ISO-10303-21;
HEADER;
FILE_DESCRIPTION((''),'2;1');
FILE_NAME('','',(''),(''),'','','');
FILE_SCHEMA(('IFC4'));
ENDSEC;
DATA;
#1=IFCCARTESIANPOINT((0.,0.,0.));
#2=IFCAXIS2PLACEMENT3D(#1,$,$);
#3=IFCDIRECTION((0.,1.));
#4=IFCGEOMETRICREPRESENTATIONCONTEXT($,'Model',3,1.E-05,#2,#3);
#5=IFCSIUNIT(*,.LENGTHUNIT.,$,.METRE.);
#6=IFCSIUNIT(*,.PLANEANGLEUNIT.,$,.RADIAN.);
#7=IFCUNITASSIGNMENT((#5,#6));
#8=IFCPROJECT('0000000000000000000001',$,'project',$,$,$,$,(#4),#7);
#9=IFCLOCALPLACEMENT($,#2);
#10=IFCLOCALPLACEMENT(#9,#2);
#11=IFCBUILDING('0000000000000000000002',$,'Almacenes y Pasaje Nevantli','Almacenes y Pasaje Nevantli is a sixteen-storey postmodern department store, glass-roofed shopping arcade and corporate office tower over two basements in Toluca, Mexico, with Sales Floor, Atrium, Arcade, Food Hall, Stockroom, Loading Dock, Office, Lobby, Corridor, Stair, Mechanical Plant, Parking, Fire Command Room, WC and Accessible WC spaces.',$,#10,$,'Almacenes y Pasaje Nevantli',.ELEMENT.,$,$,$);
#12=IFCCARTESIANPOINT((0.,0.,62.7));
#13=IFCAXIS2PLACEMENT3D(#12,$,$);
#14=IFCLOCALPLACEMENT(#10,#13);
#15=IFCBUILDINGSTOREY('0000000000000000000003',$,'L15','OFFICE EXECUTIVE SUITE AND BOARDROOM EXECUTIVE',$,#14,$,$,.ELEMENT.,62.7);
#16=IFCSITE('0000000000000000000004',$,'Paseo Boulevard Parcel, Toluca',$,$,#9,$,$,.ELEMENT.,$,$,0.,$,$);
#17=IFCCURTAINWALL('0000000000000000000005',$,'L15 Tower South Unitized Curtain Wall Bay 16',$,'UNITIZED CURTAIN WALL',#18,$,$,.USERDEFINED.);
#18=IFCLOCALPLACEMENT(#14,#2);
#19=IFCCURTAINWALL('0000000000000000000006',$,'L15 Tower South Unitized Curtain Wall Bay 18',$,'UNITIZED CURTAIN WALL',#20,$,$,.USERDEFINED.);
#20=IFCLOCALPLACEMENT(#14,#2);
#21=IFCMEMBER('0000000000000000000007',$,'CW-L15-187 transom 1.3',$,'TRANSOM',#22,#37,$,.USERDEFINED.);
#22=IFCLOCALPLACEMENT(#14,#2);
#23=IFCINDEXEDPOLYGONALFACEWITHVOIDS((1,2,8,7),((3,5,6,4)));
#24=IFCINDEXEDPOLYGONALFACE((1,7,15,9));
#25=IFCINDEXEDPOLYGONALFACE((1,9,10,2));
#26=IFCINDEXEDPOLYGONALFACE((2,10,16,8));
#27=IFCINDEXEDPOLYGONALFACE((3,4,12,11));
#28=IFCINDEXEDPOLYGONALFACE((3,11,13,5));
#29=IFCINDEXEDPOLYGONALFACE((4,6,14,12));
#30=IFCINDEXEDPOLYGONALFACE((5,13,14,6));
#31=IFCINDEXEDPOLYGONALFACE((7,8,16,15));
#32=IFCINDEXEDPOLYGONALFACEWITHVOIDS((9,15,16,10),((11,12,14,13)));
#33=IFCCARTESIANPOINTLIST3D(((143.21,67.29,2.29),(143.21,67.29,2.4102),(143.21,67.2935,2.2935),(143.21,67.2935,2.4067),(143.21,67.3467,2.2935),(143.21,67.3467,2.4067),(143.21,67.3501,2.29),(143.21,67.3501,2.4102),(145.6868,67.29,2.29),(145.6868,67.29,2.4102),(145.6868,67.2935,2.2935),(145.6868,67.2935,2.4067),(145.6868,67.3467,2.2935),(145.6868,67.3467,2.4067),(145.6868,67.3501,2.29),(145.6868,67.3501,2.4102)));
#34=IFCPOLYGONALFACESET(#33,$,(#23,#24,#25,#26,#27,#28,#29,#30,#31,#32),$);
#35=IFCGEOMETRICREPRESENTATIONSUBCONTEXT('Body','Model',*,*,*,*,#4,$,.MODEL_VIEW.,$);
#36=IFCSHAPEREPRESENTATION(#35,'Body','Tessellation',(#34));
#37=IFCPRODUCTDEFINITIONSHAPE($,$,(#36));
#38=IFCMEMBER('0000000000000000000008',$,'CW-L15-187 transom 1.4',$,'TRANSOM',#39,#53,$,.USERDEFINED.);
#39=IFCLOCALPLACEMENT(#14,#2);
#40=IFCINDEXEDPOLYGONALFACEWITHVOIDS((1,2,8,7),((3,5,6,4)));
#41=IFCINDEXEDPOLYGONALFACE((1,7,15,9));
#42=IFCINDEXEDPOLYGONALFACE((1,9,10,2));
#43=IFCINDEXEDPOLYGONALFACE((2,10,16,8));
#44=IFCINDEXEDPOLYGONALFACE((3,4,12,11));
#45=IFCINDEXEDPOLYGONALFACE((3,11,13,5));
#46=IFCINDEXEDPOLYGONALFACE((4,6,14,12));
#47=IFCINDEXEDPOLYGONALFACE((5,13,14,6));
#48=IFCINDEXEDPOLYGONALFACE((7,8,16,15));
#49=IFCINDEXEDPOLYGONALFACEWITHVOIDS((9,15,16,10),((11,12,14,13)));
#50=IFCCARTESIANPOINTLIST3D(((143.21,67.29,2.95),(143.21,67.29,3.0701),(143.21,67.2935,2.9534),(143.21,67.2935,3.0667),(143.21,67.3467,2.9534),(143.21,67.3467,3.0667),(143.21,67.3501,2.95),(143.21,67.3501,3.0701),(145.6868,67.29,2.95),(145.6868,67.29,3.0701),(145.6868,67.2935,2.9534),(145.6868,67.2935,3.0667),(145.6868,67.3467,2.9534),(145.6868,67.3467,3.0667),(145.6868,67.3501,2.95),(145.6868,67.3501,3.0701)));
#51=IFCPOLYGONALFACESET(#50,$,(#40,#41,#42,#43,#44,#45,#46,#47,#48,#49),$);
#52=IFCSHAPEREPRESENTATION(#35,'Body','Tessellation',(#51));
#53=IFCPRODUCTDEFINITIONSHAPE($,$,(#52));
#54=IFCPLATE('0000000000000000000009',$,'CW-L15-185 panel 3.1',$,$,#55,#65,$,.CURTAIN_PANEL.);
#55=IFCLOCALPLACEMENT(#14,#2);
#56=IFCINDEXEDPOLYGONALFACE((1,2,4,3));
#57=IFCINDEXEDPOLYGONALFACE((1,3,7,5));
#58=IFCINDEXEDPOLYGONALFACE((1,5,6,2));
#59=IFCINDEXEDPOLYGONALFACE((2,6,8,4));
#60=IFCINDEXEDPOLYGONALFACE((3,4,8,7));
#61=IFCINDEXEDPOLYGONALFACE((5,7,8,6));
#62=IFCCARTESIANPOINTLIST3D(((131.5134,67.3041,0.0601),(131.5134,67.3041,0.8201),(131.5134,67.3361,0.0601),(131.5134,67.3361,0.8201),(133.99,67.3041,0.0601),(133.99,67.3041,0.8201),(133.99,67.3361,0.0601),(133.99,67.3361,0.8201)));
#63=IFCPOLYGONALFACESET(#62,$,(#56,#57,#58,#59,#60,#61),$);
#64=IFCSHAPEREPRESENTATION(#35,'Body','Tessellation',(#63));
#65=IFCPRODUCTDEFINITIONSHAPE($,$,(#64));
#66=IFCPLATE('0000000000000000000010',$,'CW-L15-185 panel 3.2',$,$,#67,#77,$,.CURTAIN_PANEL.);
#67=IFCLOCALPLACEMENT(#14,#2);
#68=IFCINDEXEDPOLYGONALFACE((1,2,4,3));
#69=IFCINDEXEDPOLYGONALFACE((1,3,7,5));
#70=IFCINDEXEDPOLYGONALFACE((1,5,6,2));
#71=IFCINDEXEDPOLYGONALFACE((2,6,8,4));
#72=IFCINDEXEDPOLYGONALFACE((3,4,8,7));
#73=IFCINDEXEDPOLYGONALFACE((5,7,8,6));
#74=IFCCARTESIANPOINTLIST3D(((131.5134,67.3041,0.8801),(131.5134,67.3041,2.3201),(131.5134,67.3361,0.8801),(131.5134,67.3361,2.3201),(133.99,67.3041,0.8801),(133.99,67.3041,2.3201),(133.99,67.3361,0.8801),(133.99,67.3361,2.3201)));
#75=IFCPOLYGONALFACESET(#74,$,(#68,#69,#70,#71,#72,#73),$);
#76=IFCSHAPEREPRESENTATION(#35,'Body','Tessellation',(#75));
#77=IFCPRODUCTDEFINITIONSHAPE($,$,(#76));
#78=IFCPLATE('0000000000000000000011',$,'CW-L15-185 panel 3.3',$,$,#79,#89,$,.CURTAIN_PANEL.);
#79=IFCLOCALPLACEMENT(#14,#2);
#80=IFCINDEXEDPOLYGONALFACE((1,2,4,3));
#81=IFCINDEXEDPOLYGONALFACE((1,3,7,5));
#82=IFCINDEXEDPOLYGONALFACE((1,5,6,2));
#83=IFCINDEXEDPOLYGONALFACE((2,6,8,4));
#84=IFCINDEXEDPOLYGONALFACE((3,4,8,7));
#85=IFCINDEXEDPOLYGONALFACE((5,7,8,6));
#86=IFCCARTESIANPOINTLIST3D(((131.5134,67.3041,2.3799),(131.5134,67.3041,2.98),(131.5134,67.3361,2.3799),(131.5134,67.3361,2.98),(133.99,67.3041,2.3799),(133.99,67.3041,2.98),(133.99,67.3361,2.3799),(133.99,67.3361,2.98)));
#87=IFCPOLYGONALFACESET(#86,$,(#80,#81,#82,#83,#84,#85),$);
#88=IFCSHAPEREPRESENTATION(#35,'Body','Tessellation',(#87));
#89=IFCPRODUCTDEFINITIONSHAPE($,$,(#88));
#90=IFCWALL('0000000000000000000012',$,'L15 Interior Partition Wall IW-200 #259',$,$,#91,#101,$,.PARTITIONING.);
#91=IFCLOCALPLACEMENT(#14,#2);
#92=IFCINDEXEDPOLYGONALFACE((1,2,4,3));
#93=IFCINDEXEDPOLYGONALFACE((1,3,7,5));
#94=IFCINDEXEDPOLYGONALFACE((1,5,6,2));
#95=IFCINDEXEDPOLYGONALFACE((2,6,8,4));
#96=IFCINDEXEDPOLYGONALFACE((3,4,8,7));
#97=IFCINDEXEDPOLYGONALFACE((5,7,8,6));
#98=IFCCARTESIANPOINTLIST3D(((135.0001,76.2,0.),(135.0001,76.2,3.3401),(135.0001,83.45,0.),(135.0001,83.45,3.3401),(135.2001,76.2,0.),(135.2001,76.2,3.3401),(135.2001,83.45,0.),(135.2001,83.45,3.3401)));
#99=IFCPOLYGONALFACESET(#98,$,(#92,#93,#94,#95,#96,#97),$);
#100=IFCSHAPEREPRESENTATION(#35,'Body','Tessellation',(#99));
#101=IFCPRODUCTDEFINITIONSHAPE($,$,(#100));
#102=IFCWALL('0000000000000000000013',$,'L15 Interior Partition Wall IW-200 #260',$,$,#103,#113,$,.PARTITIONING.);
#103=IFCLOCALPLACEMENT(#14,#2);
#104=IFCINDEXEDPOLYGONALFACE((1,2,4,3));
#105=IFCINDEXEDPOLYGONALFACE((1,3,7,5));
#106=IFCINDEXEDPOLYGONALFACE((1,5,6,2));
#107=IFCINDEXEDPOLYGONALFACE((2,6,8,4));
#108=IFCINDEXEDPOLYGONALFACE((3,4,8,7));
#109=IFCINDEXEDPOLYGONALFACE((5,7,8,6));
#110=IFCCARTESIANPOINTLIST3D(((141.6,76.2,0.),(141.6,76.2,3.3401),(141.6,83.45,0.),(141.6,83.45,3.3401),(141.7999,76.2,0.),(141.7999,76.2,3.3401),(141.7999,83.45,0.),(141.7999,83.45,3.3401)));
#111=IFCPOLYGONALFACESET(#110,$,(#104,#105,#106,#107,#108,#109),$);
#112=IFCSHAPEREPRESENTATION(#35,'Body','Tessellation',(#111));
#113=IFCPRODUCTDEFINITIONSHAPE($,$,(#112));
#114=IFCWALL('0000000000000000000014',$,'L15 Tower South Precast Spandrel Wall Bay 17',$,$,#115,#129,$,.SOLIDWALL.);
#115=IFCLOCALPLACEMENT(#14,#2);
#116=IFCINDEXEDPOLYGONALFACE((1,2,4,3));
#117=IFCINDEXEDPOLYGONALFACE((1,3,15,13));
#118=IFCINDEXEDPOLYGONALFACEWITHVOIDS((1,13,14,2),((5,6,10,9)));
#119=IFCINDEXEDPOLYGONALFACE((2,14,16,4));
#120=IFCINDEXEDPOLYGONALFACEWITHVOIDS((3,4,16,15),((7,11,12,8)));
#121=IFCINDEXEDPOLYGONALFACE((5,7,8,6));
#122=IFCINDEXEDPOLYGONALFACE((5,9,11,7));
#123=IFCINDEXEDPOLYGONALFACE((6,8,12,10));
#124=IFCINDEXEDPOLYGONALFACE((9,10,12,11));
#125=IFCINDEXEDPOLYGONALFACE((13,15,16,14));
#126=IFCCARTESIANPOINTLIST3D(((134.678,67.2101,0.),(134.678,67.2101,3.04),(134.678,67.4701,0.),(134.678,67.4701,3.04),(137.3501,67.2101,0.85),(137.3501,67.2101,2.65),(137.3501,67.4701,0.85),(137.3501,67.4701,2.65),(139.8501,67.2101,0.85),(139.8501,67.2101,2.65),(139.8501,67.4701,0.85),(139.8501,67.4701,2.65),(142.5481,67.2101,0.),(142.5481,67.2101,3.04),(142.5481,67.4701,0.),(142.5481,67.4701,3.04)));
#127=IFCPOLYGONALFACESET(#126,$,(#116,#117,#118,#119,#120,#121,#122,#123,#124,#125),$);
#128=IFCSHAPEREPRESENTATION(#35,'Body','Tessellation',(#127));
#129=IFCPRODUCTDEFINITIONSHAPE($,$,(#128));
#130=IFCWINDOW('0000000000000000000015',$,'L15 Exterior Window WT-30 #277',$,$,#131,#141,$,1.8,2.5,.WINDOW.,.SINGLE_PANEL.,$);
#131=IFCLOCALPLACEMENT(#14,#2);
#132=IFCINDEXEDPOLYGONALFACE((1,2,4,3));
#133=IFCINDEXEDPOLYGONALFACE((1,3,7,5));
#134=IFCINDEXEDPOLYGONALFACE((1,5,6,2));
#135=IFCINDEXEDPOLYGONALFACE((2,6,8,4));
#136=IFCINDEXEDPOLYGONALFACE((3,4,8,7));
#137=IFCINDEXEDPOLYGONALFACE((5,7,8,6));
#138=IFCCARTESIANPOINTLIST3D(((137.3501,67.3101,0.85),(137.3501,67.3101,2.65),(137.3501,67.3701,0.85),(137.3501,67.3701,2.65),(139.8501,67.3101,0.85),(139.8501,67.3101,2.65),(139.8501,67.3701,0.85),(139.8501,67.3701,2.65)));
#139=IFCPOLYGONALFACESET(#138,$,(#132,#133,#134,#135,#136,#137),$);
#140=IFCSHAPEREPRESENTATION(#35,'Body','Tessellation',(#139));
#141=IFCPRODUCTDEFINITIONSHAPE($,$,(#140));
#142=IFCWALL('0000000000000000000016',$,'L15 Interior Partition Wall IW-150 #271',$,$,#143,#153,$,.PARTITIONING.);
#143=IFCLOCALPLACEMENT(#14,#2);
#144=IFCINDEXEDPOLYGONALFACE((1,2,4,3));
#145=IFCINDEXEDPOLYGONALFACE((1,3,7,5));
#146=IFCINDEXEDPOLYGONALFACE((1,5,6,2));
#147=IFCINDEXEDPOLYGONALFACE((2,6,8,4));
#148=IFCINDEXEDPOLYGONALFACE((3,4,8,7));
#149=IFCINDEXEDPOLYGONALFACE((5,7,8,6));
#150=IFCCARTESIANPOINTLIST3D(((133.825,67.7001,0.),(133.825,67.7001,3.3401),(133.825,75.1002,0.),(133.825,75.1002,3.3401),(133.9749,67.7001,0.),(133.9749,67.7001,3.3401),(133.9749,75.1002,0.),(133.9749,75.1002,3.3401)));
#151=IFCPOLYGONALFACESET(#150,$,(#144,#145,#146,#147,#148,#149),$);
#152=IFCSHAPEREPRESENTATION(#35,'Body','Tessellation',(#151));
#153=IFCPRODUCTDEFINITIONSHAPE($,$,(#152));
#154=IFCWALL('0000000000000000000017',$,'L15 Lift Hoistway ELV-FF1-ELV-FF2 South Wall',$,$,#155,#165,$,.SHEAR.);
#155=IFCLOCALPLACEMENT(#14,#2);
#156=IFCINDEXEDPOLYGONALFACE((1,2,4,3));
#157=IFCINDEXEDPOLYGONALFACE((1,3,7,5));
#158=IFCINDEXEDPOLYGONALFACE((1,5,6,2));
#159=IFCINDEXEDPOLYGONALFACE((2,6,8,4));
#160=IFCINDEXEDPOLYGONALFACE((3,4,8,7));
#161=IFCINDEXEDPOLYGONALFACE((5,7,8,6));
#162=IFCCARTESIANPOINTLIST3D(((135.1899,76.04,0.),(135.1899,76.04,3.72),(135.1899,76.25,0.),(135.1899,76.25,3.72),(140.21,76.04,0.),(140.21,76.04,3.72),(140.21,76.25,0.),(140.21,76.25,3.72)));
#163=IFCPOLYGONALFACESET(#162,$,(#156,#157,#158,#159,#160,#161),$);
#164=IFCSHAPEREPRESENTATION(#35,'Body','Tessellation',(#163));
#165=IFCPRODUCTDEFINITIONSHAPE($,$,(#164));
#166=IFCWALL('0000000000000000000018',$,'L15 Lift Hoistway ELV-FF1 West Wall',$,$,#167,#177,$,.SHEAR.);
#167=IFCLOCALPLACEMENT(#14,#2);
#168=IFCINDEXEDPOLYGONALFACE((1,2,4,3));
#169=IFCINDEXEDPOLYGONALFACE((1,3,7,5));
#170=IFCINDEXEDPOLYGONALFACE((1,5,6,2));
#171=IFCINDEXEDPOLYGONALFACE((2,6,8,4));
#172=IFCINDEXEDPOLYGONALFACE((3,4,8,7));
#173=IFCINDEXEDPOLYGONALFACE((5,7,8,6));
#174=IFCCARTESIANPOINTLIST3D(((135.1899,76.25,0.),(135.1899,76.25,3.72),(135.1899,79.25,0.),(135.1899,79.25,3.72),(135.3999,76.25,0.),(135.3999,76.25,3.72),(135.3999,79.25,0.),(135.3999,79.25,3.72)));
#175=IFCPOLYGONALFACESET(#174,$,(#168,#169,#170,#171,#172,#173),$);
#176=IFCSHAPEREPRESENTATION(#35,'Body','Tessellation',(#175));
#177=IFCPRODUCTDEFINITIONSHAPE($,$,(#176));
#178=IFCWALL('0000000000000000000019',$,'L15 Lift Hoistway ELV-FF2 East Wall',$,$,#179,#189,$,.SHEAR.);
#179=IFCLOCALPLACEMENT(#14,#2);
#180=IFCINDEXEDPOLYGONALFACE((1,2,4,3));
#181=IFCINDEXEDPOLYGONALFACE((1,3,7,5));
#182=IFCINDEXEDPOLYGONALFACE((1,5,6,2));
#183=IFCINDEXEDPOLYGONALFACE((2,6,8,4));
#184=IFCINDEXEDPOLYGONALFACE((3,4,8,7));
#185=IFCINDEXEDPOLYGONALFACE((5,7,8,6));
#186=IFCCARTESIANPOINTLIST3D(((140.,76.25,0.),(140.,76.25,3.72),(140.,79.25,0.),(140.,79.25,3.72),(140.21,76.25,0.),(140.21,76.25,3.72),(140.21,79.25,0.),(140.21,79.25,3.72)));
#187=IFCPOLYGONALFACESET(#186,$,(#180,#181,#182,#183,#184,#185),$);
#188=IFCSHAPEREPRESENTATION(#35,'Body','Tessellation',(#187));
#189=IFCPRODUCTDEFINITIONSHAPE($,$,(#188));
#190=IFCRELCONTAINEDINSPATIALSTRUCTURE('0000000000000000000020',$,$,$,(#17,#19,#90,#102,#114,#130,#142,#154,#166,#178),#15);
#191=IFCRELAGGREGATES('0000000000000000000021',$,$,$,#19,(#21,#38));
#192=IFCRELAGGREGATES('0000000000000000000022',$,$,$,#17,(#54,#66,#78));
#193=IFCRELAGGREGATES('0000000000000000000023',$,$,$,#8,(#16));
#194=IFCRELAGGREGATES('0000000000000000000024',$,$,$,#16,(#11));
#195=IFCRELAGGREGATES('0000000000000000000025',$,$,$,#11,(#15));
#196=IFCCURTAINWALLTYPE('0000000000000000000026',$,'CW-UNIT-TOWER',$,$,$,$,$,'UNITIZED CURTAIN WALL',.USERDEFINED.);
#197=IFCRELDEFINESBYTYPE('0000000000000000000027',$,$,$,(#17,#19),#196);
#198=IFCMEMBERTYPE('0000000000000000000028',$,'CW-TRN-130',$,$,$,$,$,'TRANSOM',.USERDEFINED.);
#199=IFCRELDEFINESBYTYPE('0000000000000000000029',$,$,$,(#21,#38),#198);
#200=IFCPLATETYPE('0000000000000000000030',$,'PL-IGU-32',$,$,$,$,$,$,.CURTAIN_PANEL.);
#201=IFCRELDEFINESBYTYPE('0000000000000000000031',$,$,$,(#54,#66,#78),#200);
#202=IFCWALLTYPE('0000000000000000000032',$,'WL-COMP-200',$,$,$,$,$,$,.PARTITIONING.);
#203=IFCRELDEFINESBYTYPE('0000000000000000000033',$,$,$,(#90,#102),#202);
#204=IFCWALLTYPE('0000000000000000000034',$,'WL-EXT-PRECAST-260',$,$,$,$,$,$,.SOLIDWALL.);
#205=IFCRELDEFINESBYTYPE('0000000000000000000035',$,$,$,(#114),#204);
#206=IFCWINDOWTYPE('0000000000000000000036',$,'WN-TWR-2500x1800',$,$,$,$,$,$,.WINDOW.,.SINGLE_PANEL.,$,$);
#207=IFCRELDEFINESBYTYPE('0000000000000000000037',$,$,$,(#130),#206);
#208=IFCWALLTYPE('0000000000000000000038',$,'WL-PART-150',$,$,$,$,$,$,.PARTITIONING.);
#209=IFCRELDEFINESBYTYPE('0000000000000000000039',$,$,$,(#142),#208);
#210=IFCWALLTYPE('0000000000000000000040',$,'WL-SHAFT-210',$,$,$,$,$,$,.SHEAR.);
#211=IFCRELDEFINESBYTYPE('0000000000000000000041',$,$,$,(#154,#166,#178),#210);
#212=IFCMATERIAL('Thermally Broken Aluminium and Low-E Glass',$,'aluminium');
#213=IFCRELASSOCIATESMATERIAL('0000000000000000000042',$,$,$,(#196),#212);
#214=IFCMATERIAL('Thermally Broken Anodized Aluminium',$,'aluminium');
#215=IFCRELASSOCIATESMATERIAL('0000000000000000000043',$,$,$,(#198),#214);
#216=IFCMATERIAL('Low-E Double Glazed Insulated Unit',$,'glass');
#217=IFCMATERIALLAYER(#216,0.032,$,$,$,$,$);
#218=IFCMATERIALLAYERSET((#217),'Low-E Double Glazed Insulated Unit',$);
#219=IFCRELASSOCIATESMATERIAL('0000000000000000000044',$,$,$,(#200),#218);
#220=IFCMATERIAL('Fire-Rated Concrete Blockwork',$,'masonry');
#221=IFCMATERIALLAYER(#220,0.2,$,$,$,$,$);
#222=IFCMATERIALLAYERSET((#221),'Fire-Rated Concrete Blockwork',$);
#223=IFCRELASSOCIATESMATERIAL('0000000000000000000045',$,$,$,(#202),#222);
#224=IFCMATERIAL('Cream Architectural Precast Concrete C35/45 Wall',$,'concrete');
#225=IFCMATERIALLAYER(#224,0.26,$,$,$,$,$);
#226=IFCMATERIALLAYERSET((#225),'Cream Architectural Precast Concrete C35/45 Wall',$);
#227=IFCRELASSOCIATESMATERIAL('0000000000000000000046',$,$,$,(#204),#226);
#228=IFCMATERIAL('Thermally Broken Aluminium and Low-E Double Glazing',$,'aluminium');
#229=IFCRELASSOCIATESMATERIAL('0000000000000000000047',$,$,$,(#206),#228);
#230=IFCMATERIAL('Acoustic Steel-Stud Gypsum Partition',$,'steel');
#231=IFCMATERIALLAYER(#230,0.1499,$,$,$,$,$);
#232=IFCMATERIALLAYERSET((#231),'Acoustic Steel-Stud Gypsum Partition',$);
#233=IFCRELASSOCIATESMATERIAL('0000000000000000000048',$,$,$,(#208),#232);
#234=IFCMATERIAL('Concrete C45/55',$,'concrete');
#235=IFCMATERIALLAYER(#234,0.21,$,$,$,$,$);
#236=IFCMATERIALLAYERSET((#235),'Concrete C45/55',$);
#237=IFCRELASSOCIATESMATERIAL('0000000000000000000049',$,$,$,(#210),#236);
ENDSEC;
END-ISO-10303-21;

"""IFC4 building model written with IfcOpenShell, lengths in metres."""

from ifc_helpers import new_model, si_unit, direction, frame, frame_2d, origin, origin_2d, place, context, subcontext, project, spatial, rectangle, hollow_rectangle, extrude, material, layer, layer_set, material_profile, profile_set, type_object, element, fill, aggregate, save


model = new_model("IFC4")

# Units and contexts
model_context = context("Model", 3, precision=1e-05, world=origin(), true_north=direction((0.0, 1.0)))
body_context = subcontext(model_context, "Body", "Model", "MODEL_VIEW")
ifc_project = project(units=[si_unit("LENGTHUNIT", "METRE"), si_unit("PLANEANGLEUNIT", "RADIAN")], contexts=[model_context])

# Site, building, storey
site_placement = place(None, origin())
site = spatial("IfcSite", under=ifc_project, at=site_placement, Name="Paseo Boulevard Parcel, Toluca", CompositionType="ELEMENT", RefElevation=0.0)
building_placement = place(site_placement, origin())
building = spatial("IfcBuilding", under=site, at=building_placement, Name="Almacenes y Pasaje Nevantli", Description="Almacenes y Pasaje Nevantli is a sixteen-storey postmodern department store, glass-roofed shopping arcade and corporate office tower over two basements in Toluca, Mexico, with Sales Floor, Atrium, Arcade, Food Hall, Stockroom, Loading Dock, Office, Lobby, Corridor, Stair, Mechanical Plant, Parking, Fire Command Room, WC and Accessible WC spaces.", LongName="Almacenes y Pasaje Nevantli", CompositionType="ELEMENT")
storey_placement = place(building_placement, frame((0.0, 0.0, 62.7)))
storey = spatial("IfcBuildingStorey", under=building, at=storey_placement, Name="L15", Description="OFFICE EXECUTIVE SUITE AND BOARDROOM EXECUTIVE", CompositionType="ELEMENT", Elevation=62.7)

# Curtain walls
ifc_material_1 = material(Name="Thermally Broken Aluminium and Low-E Glass", Category="aluminium")
curtain_wall_type = type_object("IfcCurtainWallType", Name="CW-UNIT-TOWER", ElementType="UNITIZED CURTAIN WALL", PredefinedType="USERDEFINED", material=ifc_material_1)
curtain_wall_1_placement = place(storey_placement, origin())
curtain_wall_1 = element("IfcCurtainWall", 1, at=curtain_wall_1_placement, inside=storey, type_object=curtain_wall_type, Name="L15 Tower South Unitized Curtain Wall Bay 16", ObjectType="UNITIZED CURTAIN WALL", PredefinedType="USERDEFINED")
curtain_wall_2_placement = place(storey_placement, origin())
curtain_wall_2 = element("IfcCurtainWall", 2, at=curtain_wall_2_placement, inside=storey, type_object=curtain_wall_type, Name="L15 Tower South Unitized Curtain Wall Bay 18", ObjectType="UNITIZED CURTAIN WALL", PredefinedType="USERDEFINED")

# Members
ifc_material_2 = material(Name="Thermally Broken Anodized Aluminium", Category="aluminium")
ifc_material_profile_1 = material_profile(ifc_material_2, hollow_rectangle(XDim=0.0601, YDim=0.1201, WallThickness=0.0034, at=origin_2d()), Name="ALU-TRN-60x120")
ifc_profile_set_1 = profile_set([ifc_material_profile_1], Name="Thermally Broken Anodized Aluminium")
member_type_1 = type_object("IfcMemberType", Name="CW-TRN-130", ElementType="TRANSOM", PredefinedType="USERDEFINED", material=ifc_profile_set_1)
member_1_placement = place(storey_placement, frame((143.21, 67.3201, 2.3501), z_axis=(1.0, 0.0, 0.0), x_axis=(0.0, 1.0, 0.0)))
member_1 = element("IfcMember", 3, at=member_1_placement, type_object=member_type_1, Name="CW-L15-187 transom 1.3", ObjectType="TRANSOM", PredefinedType="USERDEFINED", context=body_context, shape_type="SweptSolid", body=[
    extrude(hollow_rectangle(XDim=0.0601, YDim=0.1201, WallThickness=0.0034, at=origin_2d()), origin(), (0.0, 0.0, 1.0), 2.4768),
])
member_2_placement = place(storey_placement, frame((143.21, 67.3201, 3.01), z_axis=(1.0, 0.0, 0.0), x_axis=(0.0, 1.0, 0.0)))
member_2 = element("IfcMember", 4, at=member_2_placement, type_object=member_type_1, Name="CW-L15-187 transom 1.4", ObjectType="TRANSOM", PredefinedType="USERDEFINED", context=body_context, shape_type="SweptSolid", body=[
    extrude(hollow_rectangle(XDim=0.0601, YDim=0.1201, WallThickness=0.0034, at=origin_2d()), origin(), (0.0, 0.0, 1.0), 2.4768),
])
aggregate(curtain_wall_2, [member_1, member_2])

# Plates
ifc_material_3 = material(Name="Low-E Double Glazed Insulated Unit", Category="glass")
ifc_layer_1 = layer(ifc_material_3, 0.032)
ifc_layer_set_1 = layer_set([ifc_layer_1], Name="Low-E Double Glazed Insulated Unit")
plate_type = type_object("IfcPlateType", Name="PL-IGU-32", PredefinedType="CURTAIN_PANEL", material=ifc_layer_set_1)
plate_1_placement = place(storey_placement, frame((132.7517, 67.3201, 0.0601), z_axis=(0.0, 0.0, 1.0), x_axis=(1.0, 0.0, 0.0)))
plate_1 = element("IfcPlate", 5, at=plate_1_placement, type_object=plate_type, Name="CW-L15-185 panel 3.1", PredefinedType="CURTAIN_PANEL", context=body_context, shape_type="SweptSolid", body=[
    extrude(rectangle(XDim=2.4766, YDim=0.032, at=origin_2d()), origin(), (0.0, 0.0, 1.0), 0.76),
])
plate_2_placement = place(storey_placement, frame((132.7517, 67.3201, 0.8801), z_axis=(0.0, 0.0, 1.0), x_axis=(1.0, 0.0, 0.0)))
plate_2 = element("IfcPlate", 6, at=plate_2_placement, type_object=plate_type, Name="CW-L15-185 panel 3.2", PredefinedType="CURTAIN_PANEL", context=body_context, shape_type="SweptSolid", body=[
    extrude(rectangle(XDim=2.4766, YDim=0.032, at=origin_2d()), origin(), (0.0, 0.0, 1.0), 1.4399),
])
plate_3_placement = place(storey_placement, frame((132.7517, 67.3201, 2.3799), z_axis=(0.0, 0.0, 1.0), x_axis=(1.0, 0.0, 0.0)))
plate_3 = element("IfcPlate", 7, at=plate_3_placement, type_object=plate_type, Name="CW-L15-185 panel 3.3", PredefinedType="CURTAIN_PANEL", context=body_context, shape_type="SweptSolid", body=[
    extrude(rectangle(XDim=2.4766, YDim=0.032, at=origin_2d()), origin(), (0.0, 0.0, 1.0), 0.6001),
])
aggregate(curtain_wall_1, [plate_1, plate_2, plate_3])

# Walls
ifc_material_4 = material(Name="Fire-Rated Concrete Blockwork", Category="masonry")
ifc_layer_2 = layer(ifc_material_4, 0.2)
ifc_layer_set_2 = layer_set([ifc_layer_2], Name="Fire-Rated Concrete Blockwork")
wall_type_1 = type_object("IfcWallType", Name="WL-COMP-200", PredefinedType="PARTITIONING", material=ifc_layer_set_2)
for number, where, z_axis, x_axis, name in (
    (8, (135.1001, 76.2, 0.0), (0.0, 0.0, 1.0), (0.0, 1.0, 0.0), "L15 Interior Partition Wall IW-200 #259"),
    (9, (141.7, 76.2, 0.0), (0.0, 0.0, 1.0), (0.0, 1.0, 0.0), "L15 Interior Partition Wall IW-200 #260"),
):
    element("IfcWall", number, at=place(storey_placement, frame(where, z_axis=z_axis, x_axis=x_axis)), inside=storey, type_object=wall_type_1, Name=name, PredefinedType="PARTITIONING", context=body_context, shape_type="SweptSolid", body=[
        extrude(rectangle(XDim=7.25, YDim=0.2, at=frame_2d((3.625, 0.0))), origin(), (0.0, 0.0, 1.0), 3.3401),
    ])

# Wall, opening, window
ifc_material_5 = material(Name="Cream Architectural Precast Concrete C35/45 Wall", Category="concrete")
ifc_layer_3 = layer(ifc_material_5, 0.26)
ifc_layer_set_3 = layer_set([ifc_layer_3], Name="Cream Architectural Precast Concrete C35/45 Wall")
wall_type_2 = type_object("IfcWallType", Name="WL-EXT-PRECAST-260", PredefinedType="SOLIDWALL", material=ifc_layer_set_3)
wall_1_placement = place(storey_placement, frame((134.678, 67.3401, 0.0), z_axis=(0.0, 0.0, 1.0), x_axis=(1.0, 0.0, 0.0)))
wall_1 = element("IfcWall", 10, at=wall_1_placement, inside=storey, type_object=wall_type_2, Name="L15 Tower South Precast Spandrel Wall Bay 17", PredefinedType="SOLIDWALL", context=body_context, shape_type="SweptSolid", body=[
    extrude(rectangle(XDim=7.8701, YDim=0.26, at=frame_2d((3.9351, 0.0))), origin(), (0.0, 0.0, 1.0), 3.04),
])
opening_placement = place(wall_1_placement, frame((2.6721, 0.0, 0.8501)))
opening = element("IfcOpeningElement", 11, at=opening_placement, cuts=wall_1, PredefinedType="OPENING", context=body_context, shape_type="SweptSolid", body=[
    extrude(rectangle(XDim=2.5, YDim=1.8, at=frame_2d((1.25, 0.8999))), frame((0.0, 0.1399, 0.0), z_axis=(0.0, -1.0, 0.0), x_axis=(1.0, 0.0, 0.0)), (0.0, 0.0, 1.0), 0.28),
])
ifc_material_6 = material(Name="Thermally Broken Aluminium and Low-E Double Glazing", Category="aluminium")
window_type = type_object("IfcWindowType", Name="WN-TWR-2500x1800", PartitioningType="SINGLE_PANEL", PredefinedType="WINDOW", material=ifc_material_6)
window_placement = place(opening_placement, origin())
window = element("IfcWindow", 12, at=window_placement, inside=storey, type_object=window_type, Name="L15 Exterior Window WT-30 #277", OverallHeight=1.8, OverallWidth=2.5, PartitioningType="SINGLE_PANEL", PredefinedType="WINDOW", context=body_context, shape_type="SweptSolid", body=[
    extrude(rectangle(XDim=2.5, YDim=1.8, at=frame_2d((1.25, 0.8999))), frame((0.0, 0.03, 0.0), z_axis=(0.0, -1.0, 0.0), x_axis=(1.0, 0.0, 0.0)), (0.0, 0.0, 1.0), 0.0601),
])
fill(opening, window)

# Walls
ifc_material_7 = material(Name="Acoustic Steel-Stud Gypsum Partition", Category="steel")
ifc_layer_4 = layer(ifc_material_7, 0.1499)
ifc_layer_set_4 = layer_set([ifc_layer_4], Name="Acoustic Steel-Stud Gypsum Partition")
wall_type_3 = type_object("IfcWallType", Name="WL-PART-150", PredefinedType="PARTITIONING", material=ifc_layer_set_4)
wall_2_placement = place(storey_placement, frame((133.8999, 67.7, 0.0), z_axis=(0.0, 0.0, 1.0), x_axis=(0.0, 1.0, 0.0)))
element("IfcWall", 13, at=wall_2_placement, inside=storey, type_object=wall_type_3, Name="L15 Interior Partition Wall IW-150 #271", PredefinedType="PARTITIONING", context=body_context, shape_type="SweptSolid", body=[
    extrude(rectangle(XDim=7.4001, YDim=0.1499, at=frame_2d((3.7002, 0.0))), origin(), (0.0, 0.0, 1.0), 3.3401),
])
ifc_material_8 = material(Name="Concrete C45/55", Category="concrete")
ifc_layer_5 = layer(ifc_material_8, 0.21)
ifc_layer_set_5 = layer_set([ifc_layer_5], Name="Concrete C45/55")
wall_type_4 = type_object("IfcWallType", Name="WL-SHAFT-210", PredefinedType="SHEAR", material=ifc_layer_set_5)
wall_3_placement = place(storey_placement, frame((135.1899, 76.145, 0.0), z_axis=(0.0, 0.0, 1.0), x_axis=(1.0, 0.0, 0.0)))
element("IfcWall", 14, at=wall_3_placement, inside=storey, type_object=wall_type_4, Name="L15 Lift Hoistway ELV-FF1-ELV-FF2 South Wall", PredefinedType="SHEAR", context=body_context, shape_type="SweptSolid", body=[
    extrude(rectangle(XDim=5.02, YDim=0.21, at=frame_2d((2.51, 0.0))), origin(), (0.0, 0.0, 1.0), 3.72),
])
for number, where, z_axis, x_axis, name in (
    (15, (135.2949, 76.25, 0.0), (0.0, 0.0, 1.0), (0.0, 1.0, 0.0), "L15 Lift Hoistway ELV-FF1 West Wall"),
    (16, (140.105, 76.25, 0.0), (0.0, 0.0, 1.0), (0.0, 1.0, 0.0), "L15 Lift Hoistway ELV-FF2 East Wall"),
):
    element("IfcWall", number, at=place(storey_placement, frame(where, z_axis=z_axis, x_axis=x_axis)), inside=storey, type_object=wall_type_4, Name=name, PredefinedType="SHEAR", context=body_context, shape_type="SweptSolid", body=[
        extrude(rectangle(XDim=3.0, YDim=0.21, at=frame_2d((1.5, 0.0))), origin(), (0.0, 0.0, 1.0), 3.72),
    ])

save(model, "model.ifc")
